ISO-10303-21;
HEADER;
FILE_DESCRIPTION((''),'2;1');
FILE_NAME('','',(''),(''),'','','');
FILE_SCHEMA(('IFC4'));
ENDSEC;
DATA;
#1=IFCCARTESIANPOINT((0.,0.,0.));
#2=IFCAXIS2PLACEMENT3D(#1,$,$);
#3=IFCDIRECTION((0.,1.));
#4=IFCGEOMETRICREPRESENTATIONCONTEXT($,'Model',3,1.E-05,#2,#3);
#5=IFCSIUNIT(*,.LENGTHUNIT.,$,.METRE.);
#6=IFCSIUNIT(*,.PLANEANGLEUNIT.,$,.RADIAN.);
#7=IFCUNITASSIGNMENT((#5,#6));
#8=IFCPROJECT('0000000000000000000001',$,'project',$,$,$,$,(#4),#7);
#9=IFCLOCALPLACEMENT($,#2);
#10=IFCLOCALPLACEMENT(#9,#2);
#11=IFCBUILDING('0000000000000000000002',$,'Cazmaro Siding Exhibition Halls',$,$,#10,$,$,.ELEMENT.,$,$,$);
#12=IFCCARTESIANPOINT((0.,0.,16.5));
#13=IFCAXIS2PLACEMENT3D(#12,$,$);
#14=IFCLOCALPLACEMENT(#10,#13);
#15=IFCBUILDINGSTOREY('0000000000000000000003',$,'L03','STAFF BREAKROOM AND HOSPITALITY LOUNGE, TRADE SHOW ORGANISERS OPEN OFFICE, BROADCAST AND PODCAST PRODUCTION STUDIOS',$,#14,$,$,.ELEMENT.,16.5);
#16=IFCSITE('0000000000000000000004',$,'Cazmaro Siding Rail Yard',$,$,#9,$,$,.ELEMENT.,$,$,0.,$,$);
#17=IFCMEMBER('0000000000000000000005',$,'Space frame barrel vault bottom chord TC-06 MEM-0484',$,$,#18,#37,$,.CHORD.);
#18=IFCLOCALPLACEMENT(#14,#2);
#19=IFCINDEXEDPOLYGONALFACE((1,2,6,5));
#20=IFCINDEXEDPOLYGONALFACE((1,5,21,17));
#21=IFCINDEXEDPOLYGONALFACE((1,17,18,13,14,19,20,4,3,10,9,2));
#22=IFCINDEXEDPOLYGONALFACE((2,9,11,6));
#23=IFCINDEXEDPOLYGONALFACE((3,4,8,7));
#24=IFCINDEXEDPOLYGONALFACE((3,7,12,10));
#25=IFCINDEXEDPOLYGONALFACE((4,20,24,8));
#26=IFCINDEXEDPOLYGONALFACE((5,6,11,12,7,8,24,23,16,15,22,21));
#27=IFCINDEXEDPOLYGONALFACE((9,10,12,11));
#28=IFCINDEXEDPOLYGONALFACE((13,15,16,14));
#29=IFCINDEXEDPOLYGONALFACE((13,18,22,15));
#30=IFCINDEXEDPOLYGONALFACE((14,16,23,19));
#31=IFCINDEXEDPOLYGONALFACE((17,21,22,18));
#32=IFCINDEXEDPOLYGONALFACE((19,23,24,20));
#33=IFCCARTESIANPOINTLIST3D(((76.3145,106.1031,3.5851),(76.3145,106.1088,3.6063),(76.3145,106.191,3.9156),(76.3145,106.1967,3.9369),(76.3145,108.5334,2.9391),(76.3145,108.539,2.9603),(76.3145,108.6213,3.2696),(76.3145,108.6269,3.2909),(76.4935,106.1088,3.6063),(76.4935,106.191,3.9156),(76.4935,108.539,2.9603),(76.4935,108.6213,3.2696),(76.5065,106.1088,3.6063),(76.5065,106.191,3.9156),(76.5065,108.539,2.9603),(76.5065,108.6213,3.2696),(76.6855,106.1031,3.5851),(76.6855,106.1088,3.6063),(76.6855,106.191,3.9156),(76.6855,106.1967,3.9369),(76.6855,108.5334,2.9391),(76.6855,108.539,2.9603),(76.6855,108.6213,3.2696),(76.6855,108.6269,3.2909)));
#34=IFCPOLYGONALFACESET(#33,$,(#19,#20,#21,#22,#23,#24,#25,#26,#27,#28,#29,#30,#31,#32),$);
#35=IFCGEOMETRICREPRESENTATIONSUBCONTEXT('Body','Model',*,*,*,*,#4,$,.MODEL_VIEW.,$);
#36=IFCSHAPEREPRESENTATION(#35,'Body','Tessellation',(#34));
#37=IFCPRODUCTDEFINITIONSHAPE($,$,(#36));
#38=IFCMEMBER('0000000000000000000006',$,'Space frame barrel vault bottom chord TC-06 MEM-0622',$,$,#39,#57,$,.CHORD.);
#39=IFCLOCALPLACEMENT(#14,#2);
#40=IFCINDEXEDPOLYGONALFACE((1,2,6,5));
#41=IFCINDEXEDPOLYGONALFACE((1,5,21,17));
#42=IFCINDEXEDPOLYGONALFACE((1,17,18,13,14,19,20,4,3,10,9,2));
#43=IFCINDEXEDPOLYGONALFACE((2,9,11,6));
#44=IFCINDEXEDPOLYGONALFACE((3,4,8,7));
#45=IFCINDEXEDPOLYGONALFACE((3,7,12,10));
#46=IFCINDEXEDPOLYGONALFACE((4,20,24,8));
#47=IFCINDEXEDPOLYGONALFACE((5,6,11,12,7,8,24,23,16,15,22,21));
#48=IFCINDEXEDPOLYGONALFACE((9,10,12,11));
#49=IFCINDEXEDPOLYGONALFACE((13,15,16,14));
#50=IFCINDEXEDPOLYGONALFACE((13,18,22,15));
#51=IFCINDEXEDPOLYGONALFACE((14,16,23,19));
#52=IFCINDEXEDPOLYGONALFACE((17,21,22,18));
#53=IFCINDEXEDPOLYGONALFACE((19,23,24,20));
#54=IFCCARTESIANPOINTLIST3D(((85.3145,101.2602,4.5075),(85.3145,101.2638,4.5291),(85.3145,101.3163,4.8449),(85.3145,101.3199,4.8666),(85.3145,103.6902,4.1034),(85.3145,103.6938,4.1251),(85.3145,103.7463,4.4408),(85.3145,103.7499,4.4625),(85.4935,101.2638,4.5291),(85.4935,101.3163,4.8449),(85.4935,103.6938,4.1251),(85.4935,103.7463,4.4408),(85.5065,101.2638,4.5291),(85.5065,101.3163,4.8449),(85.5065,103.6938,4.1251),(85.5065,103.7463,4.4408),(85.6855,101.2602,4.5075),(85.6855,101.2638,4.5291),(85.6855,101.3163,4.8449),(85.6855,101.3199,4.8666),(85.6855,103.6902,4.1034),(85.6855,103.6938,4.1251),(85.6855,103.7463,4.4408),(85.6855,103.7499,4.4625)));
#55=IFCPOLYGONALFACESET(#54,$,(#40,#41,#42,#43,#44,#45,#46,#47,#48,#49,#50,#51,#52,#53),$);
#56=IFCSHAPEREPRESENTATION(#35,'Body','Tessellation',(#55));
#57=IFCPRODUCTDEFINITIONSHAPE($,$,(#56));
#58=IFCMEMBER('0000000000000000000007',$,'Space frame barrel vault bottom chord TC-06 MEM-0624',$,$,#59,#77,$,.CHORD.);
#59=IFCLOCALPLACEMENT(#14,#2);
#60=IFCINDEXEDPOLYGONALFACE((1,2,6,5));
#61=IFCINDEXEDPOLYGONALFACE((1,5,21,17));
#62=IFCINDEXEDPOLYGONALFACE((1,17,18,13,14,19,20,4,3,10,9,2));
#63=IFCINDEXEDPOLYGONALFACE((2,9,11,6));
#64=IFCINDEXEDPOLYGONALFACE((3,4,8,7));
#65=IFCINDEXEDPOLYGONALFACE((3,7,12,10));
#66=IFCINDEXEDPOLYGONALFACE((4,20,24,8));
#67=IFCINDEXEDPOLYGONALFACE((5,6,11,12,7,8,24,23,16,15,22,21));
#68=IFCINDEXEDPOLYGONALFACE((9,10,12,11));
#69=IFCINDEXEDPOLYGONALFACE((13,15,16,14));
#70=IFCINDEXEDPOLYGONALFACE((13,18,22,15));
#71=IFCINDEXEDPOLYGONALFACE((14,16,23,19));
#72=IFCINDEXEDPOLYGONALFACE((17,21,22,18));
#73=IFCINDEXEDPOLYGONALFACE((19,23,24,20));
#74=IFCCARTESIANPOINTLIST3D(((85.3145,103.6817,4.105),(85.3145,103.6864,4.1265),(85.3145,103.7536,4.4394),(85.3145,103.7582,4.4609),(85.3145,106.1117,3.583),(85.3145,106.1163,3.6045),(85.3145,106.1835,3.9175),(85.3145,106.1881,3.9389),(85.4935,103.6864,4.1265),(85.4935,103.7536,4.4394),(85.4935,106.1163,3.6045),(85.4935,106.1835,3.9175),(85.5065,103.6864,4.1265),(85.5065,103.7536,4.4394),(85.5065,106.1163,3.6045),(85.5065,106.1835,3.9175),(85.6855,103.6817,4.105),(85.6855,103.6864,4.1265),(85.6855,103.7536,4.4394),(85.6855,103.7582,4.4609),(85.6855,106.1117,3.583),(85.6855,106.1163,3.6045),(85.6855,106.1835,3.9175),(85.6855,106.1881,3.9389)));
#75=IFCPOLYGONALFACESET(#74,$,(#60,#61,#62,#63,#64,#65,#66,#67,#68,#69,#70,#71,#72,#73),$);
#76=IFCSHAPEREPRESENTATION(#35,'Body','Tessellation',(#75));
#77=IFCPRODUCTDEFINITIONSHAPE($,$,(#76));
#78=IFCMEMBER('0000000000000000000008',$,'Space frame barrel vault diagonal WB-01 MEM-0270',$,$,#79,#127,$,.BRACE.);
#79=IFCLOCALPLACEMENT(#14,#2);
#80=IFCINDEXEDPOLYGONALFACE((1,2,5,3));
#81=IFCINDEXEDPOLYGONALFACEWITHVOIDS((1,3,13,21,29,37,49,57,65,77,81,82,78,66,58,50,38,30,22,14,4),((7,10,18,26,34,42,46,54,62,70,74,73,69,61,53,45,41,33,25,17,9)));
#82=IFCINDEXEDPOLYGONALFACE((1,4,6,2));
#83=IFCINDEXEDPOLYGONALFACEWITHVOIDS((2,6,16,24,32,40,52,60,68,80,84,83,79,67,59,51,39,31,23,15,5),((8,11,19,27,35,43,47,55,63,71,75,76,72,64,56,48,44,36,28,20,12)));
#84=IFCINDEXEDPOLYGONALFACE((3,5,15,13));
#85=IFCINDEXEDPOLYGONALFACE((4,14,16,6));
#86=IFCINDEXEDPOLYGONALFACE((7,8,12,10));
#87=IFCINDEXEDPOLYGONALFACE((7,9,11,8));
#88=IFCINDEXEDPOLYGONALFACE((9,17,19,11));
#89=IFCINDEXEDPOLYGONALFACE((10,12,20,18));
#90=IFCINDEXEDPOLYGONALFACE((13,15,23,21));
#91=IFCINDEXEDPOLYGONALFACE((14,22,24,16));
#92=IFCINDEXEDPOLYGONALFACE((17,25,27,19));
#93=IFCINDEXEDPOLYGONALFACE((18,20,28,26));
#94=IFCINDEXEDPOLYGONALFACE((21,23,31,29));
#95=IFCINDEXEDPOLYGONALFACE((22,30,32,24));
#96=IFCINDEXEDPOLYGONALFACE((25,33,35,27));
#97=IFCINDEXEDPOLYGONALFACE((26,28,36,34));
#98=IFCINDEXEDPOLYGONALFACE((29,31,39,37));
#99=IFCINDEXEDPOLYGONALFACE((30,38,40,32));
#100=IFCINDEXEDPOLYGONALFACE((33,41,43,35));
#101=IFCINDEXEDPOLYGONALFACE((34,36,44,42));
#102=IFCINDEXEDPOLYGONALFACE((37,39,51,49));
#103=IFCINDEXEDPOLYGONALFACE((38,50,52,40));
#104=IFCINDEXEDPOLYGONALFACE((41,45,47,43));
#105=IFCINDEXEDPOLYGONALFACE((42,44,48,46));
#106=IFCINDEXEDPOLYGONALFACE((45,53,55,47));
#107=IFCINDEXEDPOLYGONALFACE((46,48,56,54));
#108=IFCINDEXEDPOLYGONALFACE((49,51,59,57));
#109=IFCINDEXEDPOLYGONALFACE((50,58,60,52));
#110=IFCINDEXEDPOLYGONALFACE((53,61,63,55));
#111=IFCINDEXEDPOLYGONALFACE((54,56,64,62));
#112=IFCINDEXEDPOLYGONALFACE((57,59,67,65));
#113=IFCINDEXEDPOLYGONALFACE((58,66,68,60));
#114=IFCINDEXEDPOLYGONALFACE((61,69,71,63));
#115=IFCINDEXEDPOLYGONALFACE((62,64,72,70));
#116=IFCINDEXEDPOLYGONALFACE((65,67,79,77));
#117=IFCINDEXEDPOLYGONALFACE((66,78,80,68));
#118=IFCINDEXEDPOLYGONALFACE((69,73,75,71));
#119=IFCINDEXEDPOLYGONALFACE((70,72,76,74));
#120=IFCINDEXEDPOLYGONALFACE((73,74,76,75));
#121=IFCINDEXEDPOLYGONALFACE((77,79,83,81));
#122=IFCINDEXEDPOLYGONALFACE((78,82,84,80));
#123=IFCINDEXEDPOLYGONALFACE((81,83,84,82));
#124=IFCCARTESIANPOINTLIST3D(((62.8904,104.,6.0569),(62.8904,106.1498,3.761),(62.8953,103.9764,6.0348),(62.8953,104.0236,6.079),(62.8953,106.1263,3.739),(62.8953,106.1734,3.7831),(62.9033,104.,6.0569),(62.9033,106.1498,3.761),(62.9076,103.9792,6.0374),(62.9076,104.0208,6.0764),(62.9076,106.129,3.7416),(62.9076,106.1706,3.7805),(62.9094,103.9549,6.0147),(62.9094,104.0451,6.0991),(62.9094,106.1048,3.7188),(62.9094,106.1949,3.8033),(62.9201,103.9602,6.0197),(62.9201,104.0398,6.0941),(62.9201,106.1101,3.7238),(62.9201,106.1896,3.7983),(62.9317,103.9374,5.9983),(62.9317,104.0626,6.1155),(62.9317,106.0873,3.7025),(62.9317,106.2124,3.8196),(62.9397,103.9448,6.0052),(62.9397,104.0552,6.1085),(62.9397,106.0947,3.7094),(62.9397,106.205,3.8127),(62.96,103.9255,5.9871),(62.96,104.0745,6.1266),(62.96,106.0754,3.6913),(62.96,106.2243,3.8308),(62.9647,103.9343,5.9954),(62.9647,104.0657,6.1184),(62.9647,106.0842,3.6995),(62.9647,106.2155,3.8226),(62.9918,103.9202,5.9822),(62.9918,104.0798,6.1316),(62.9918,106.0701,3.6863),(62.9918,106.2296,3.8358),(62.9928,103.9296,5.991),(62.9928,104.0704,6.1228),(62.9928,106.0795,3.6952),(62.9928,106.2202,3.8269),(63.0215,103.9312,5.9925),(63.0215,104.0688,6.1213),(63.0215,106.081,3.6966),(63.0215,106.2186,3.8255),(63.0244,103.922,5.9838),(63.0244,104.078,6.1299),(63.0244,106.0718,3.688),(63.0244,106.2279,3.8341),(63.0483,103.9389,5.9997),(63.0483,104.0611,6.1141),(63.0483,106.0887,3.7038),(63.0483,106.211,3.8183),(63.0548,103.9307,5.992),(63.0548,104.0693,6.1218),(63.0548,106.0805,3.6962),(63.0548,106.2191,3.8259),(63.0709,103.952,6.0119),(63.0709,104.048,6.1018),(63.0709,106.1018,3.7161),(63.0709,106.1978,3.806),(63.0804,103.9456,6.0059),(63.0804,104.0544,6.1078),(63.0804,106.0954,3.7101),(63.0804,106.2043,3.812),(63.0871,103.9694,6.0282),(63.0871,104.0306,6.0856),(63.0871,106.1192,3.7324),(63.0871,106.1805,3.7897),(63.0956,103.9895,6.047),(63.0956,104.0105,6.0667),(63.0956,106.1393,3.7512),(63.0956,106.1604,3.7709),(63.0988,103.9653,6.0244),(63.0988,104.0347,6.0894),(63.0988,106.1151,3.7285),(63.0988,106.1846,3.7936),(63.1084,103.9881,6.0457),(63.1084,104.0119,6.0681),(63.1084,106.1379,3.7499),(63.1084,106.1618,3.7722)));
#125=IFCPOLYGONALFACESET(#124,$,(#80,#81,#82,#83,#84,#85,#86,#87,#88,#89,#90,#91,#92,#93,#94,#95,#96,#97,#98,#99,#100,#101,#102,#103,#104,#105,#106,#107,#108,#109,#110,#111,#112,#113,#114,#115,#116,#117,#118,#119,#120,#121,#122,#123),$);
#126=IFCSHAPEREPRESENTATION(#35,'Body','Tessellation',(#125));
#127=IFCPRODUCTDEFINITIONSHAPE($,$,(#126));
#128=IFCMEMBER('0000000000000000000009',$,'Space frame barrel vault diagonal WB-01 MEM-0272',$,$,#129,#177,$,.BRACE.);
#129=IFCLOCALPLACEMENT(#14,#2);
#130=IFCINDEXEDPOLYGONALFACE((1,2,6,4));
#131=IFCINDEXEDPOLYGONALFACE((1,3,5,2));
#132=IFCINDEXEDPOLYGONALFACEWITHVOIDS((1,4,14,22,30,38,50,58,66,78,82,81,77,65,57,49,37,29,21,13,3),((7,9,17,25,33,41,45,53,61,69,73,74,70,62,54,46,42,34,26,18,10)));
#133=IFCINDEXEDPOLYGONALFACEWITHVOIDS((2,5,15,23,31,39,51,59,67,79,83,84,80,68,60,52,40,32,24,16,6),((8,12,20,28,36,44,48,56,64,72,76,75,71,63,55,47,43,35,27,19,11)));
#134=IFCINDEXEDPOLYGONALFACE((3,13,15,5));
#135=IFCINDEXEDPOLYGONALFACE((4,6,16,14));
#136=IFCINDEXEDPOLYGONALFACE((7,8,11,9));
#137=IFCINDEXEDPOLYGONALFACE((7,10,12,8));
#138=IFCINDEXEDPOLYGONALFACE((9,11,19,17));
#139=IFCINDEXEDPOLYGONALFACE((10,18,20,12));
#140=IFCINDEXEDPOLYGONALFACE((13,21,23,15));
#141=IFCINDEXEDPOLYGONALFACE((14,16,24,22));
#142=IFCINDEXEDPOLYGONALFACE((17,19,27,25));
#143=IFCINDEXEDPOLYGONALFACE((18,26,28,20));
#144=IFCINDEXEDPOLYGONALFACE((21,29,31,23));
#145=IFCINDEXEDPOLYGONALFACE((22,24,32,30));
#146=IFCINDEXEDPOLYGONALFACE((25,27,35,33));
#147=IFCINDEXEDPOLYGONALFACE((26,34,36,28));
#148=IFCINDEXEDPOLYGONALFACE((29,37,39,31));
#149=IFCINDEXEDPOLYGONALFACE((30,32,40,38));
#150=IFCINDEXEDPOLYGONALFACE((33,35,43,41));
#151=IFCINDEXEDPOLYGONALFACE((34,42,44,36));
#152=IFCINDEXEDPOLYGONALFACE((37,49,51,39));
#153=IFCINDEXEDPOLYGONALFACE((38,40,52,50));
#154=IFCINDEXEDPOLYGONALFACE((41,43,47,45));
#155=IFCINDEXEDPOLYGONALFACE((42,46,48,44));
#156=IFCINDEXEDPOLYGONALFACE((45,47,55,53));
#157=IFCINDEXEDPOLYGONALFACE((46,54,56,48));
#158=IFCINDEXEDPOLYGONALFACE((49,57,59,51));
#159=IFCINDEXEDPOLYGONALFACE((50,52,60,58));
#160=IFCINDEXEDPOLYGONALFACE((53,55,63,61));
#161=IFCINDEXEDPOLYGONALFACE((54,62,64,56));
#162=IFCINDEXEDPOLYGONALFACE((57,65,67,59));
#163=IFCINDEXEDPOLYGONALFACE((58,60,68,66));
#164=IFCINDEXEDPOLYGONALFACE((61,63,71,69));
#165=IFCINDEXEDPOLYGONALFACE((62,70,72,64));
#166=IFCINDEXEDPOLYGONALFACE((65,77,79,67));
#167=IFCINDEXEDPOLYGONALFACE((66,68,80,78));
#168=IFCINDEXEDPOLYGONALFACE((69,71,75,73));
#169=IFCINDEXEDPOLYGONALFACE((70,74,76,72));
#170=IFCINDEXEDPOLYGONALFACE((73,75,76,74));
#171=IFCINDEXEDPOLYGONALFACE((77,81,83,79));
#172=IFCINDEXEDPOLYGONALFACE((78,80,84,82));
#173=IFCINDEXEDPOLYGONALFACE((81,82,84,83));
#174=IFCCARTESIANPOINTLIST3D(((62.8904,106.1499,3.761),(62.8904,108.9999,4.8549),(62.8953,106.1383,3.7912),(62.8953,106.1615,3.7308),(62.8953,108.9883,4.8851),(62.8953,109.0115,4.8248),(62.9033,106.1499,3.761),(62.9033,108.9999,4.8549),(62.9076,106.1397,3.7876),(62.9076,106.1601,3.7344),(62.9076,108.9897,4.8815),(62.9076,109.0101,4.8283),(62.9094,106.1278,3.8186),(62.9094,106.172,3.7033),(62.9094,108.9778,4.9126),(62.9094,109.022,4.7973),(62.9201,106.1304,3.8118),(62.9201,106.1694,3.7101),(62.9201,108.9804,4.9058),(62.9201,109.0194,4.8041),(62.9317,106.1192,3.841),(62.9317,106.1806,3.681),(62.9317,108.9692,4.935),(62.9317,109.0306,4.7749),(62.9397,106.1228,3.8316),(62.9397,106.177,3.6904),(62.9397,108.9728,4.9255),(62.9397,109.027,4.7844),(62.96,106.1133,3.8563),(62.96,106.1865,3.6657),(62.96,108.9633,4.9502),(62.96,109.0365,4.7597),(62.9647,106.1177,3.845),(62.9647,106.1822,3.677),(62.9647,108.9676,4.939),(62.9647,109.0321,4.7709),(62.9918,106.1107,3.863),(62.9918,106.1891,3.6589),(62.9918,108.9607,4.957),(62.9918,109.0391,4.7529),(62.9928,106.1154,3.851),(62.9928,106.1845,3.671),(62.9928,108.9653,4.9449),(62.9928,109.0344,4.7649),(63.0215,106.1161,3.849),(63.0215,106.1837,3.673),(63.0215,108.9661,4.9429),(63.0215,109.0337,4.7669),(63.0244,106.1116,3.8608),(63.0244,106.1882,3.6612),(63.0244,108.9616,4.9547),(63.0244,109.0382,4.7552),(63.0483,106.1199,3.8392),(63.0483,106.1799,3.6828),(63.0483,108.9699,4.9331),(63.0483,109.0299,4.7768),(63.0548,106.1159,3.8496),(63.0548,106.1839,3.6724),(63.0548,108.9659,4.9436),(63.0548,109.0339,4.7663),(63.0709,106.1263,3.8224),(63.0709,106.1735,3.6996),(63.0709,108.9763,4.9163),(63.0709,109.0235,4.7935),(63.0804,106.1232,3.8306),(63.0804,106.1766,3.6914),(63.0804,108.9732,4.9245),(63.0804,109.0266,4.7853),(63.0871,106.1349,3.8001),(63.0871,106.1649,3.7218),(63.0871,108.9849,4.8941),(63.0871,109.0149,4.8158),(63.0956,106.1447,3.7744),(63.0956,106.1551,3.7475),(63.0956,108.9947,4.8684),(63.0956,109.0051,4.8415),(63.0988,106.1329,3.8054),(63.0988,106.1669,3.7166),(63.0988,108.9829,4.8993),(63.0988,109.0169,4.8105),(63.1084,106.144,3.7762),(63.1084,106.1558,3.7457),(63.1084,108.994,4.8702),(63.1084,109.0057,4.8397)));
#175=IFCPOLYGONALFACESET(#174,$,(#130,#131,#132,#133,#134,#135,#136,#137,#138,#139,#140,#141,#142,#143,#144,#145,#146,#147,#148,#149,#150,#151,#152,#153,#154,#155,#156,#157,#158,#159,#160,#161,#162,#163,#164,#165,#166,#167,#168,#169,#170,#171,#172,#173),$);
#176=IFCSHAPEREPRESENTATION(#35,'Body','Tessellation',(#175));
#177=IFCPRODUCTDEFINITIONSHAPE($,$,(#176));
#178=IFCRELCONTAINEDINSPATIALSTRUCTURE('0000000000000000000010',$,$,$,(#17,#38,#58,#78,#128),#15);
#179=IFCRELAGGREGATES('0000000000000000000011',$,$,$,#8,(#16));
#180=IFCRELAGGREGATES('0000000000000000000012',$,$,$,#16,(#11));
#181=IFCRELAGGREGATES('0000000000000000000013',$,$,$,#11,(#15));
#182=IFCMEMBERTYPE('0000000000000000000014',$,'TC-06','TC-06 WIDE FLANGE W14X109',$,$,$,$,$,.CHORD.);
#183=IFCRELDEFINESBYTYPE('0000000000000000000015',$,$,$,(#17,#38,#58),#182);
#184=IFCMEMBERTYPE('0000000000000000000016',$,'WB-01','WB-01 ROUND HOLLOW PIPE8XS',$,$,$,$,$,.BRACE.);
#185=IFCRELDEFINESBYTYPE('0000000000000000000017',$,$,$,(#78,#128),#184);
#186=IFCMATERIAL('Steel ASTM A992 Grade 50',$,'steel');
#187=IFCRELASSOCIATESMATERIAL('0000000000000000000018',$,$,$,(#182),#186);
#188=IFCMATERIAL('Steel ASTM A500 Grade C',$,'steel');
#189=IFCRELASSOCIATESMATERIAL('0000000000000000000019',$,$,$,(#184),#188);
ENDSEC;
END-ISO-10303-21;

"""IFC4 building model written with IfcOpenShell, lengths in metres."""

from ifc_helpers import new_model, si_unit, direction, frame, origin, origin_2d, place, context, subcontext, project, spatial, hollow_circle, i_section, extrude, material, material_profile, profile_set, type_object, element, save


model = new_model("IFC4")

# Units and contexts
model_context = context("Model", 3, precision=1e-05, world=origin(), true_north=direction((0.0, 1.0)))
body_context = subcontext(model_context, "Body", "Model", "MODEL_VIEW")
ifc_project = project(units=[si_unit("LENGTHUNIT", "METRE"), si_unit("PLANEANGLEUNIT", "RADIAN")], contexts=[model_context])

# Site, building, storey
site_placement = place(None, origin())
site = spatial("IfcSite", under=ifc_project, at=site_placement, Name="Cazmaro Siding Rail Yard", CompositionType="ELEMENT", RefElevation=0.0)
building_placement = place(site_placement, origin())
building = spatial("IfcBuilding", under=site, at=building_placement, Name="Cazmaro Siding Exhibition Halls", CompositionType="ELEMENT")
storey_placement = place(building_placement, frame((0.0, 0.0, 16.5)))
storey = spatial("IfcBuildingStorey", under=building, at=storey_placement, Name="L03", Description="STAFF BREAKROOM AND HOSPITALITY LOUNGE, TRADE SHOW ORGANISERS OPEN OFFICE, BROADCAST AND PODCAST PRODUCTION STUDIOS", CompositionType="ELEMENT", Elevation=16.5)

# Members
ifc_material_1 = material(Name="Steel ASTM A992 Grade 50", Category="steel")
ifc_material_profile_1 = material_profile(ifc_material_1, i_section(OverallWidth=0.3711, OverallDepth=0.364, WebThickness=0.0129, FlangeThickness=0.022, at=origin_2d()), Name="W14X109")
ifc_profile_set_1 = profile_set([ifc_material_profile_1], Name="Steel ASTM A992 Grade 50")
member_type_1 = type_object("IfcMemberType", Name="TC-06", Description="TC-06 WIDE FLANGE W14X109", PredefinedType="CHORD", material=ifc_profile_set_1)
member_1_placement = place(storey_placement, frame((76.5, 106.1499, 3.761), z_axis=(0.0, 0.966438, -0.256901), x_axis=(-1.0, 0.0, 0.0)))
element("IfcMember", 1, at=member_1_placement, inside=storey, type_object=member_type_1, Name="Space frame barrel vault bottom chord TC-06 MEM-0484", PredefinedType="CHORD", context=body_context, shape_type="SweptSolid", body=[
    extrude(i_section(OverallWidth=0.3711, OverallDepth=0.364, WebThickness=0.0129, FlangeThickness=0.022, at=origin_2d()), origin(), (0.0, 0.0, 1.0), 2.5146),
])
member_2_placement = place(storey_placement, frame((85.5, 101.29, 4.687), z_axis=(0.0, 0.986455, -0.164029), x_axis=(-1.0, 0.0, 0.0)))
element("IfcMember", 2, at=member_2_placement, inside=storey, type_object=member_type_1, Name="Space frame barrel vault bottom chord TC-06 MEM-0622", PredefinedType="CHORD", context=body_context, shape_type="SweptSolid", body=[
    extrude(i_section(OverallWidth=0.3711, OverallDepth=0.364, WebThickness=0.0129, FlangeThickness=0.022, at=origin_2d()), origin(), (0.0, 0.0, 1.0), 2.4634),
])
member_3_placement = place(storey_placement, frame((85.5, 103.72, 4.283), z_axis=(0.0, 0.977697, -0.210019), x_axis=(-1.0, 0.0, 0.0)))
element("IfcMember", 3, at=member_3_placement, inside=storey, type_object=member_type_1, Name="Space frame barrel vault bottom chord TC-06 MEM-0624", PredefinedType="CHORD", context=body_context, shape_type="SweptSolid", body=[
    extrude(i_section(OverallWidth=0.3711, OverallDepth=0.364, WebThickness=0.0129, FlangeThickness=0.022, at=origin_2d()), origin(), (0.0, 0.0, 1.0), 2.4854),
])
ifc_material_2 = material(Name="Steel ASTM A500 Grade C", Category="steel")
ifc_material_profile_2 = material_profile(ifc_material_2, hollow_circle(Radius=0.1096, WallThickness=0.0129, at=origin_2d()), Name="PIPE8XS")
ifc_profile_set_2 = profile_set([ifc_material_profile_2], Name="Steel ASTM A500 Grade C")
member_type_2 = type_object("IfcMemberType", Name="WB-01", Description="WB-01 ROUND HOLLOW PIPE8XS", PredefinedType="BRACE", material=ifc_profile_set_2)
member_4_placement = place(storey_placement, frame((63.0, 104.0, 6.0569), z_axis=(0.0, 0.683518, -0.729934), x_axis=(-1.0, 0.0, 0.0)))
element("IfcMember", 4, at=member_4_placement, inside=storey, type_object=member_type_2, Name="Space frame barrel vault diagonal WB-01 MEM-0270", PredefinedType="BRACE", context=body_context, shape_type="SweptSolid", body=[
    extrude(hollow_circle(Radius=0.1096, WallThickness=0.0129, at=origin_2d()), origin(), (0.0, 0.0, 1.0), 3.1453),
])
member_5_placement = place(storey_placement, frame((63.0, 106.1499, 3.761), z_axis=(0.0, 0.933587, 0.358352), x_axis=(-1.0, 0.0, 0.0)))
element("IfcMember", 5, at=member_5_placement, inside=storey, type_object=member_type_2, Name="Space frame barrel vault diagonal WB-01 MEM-0272", PredefinedType="BRACE", context=body_context, shape_type="SweptSolid", body=[
    extrude(hollow_circle(Radius=0.1096, WallThickness=0.0129, at=origin_2d()), origin(), (0.0, 0.0, 1.0), 3.0527),
])

save(model, "model.ifc")
